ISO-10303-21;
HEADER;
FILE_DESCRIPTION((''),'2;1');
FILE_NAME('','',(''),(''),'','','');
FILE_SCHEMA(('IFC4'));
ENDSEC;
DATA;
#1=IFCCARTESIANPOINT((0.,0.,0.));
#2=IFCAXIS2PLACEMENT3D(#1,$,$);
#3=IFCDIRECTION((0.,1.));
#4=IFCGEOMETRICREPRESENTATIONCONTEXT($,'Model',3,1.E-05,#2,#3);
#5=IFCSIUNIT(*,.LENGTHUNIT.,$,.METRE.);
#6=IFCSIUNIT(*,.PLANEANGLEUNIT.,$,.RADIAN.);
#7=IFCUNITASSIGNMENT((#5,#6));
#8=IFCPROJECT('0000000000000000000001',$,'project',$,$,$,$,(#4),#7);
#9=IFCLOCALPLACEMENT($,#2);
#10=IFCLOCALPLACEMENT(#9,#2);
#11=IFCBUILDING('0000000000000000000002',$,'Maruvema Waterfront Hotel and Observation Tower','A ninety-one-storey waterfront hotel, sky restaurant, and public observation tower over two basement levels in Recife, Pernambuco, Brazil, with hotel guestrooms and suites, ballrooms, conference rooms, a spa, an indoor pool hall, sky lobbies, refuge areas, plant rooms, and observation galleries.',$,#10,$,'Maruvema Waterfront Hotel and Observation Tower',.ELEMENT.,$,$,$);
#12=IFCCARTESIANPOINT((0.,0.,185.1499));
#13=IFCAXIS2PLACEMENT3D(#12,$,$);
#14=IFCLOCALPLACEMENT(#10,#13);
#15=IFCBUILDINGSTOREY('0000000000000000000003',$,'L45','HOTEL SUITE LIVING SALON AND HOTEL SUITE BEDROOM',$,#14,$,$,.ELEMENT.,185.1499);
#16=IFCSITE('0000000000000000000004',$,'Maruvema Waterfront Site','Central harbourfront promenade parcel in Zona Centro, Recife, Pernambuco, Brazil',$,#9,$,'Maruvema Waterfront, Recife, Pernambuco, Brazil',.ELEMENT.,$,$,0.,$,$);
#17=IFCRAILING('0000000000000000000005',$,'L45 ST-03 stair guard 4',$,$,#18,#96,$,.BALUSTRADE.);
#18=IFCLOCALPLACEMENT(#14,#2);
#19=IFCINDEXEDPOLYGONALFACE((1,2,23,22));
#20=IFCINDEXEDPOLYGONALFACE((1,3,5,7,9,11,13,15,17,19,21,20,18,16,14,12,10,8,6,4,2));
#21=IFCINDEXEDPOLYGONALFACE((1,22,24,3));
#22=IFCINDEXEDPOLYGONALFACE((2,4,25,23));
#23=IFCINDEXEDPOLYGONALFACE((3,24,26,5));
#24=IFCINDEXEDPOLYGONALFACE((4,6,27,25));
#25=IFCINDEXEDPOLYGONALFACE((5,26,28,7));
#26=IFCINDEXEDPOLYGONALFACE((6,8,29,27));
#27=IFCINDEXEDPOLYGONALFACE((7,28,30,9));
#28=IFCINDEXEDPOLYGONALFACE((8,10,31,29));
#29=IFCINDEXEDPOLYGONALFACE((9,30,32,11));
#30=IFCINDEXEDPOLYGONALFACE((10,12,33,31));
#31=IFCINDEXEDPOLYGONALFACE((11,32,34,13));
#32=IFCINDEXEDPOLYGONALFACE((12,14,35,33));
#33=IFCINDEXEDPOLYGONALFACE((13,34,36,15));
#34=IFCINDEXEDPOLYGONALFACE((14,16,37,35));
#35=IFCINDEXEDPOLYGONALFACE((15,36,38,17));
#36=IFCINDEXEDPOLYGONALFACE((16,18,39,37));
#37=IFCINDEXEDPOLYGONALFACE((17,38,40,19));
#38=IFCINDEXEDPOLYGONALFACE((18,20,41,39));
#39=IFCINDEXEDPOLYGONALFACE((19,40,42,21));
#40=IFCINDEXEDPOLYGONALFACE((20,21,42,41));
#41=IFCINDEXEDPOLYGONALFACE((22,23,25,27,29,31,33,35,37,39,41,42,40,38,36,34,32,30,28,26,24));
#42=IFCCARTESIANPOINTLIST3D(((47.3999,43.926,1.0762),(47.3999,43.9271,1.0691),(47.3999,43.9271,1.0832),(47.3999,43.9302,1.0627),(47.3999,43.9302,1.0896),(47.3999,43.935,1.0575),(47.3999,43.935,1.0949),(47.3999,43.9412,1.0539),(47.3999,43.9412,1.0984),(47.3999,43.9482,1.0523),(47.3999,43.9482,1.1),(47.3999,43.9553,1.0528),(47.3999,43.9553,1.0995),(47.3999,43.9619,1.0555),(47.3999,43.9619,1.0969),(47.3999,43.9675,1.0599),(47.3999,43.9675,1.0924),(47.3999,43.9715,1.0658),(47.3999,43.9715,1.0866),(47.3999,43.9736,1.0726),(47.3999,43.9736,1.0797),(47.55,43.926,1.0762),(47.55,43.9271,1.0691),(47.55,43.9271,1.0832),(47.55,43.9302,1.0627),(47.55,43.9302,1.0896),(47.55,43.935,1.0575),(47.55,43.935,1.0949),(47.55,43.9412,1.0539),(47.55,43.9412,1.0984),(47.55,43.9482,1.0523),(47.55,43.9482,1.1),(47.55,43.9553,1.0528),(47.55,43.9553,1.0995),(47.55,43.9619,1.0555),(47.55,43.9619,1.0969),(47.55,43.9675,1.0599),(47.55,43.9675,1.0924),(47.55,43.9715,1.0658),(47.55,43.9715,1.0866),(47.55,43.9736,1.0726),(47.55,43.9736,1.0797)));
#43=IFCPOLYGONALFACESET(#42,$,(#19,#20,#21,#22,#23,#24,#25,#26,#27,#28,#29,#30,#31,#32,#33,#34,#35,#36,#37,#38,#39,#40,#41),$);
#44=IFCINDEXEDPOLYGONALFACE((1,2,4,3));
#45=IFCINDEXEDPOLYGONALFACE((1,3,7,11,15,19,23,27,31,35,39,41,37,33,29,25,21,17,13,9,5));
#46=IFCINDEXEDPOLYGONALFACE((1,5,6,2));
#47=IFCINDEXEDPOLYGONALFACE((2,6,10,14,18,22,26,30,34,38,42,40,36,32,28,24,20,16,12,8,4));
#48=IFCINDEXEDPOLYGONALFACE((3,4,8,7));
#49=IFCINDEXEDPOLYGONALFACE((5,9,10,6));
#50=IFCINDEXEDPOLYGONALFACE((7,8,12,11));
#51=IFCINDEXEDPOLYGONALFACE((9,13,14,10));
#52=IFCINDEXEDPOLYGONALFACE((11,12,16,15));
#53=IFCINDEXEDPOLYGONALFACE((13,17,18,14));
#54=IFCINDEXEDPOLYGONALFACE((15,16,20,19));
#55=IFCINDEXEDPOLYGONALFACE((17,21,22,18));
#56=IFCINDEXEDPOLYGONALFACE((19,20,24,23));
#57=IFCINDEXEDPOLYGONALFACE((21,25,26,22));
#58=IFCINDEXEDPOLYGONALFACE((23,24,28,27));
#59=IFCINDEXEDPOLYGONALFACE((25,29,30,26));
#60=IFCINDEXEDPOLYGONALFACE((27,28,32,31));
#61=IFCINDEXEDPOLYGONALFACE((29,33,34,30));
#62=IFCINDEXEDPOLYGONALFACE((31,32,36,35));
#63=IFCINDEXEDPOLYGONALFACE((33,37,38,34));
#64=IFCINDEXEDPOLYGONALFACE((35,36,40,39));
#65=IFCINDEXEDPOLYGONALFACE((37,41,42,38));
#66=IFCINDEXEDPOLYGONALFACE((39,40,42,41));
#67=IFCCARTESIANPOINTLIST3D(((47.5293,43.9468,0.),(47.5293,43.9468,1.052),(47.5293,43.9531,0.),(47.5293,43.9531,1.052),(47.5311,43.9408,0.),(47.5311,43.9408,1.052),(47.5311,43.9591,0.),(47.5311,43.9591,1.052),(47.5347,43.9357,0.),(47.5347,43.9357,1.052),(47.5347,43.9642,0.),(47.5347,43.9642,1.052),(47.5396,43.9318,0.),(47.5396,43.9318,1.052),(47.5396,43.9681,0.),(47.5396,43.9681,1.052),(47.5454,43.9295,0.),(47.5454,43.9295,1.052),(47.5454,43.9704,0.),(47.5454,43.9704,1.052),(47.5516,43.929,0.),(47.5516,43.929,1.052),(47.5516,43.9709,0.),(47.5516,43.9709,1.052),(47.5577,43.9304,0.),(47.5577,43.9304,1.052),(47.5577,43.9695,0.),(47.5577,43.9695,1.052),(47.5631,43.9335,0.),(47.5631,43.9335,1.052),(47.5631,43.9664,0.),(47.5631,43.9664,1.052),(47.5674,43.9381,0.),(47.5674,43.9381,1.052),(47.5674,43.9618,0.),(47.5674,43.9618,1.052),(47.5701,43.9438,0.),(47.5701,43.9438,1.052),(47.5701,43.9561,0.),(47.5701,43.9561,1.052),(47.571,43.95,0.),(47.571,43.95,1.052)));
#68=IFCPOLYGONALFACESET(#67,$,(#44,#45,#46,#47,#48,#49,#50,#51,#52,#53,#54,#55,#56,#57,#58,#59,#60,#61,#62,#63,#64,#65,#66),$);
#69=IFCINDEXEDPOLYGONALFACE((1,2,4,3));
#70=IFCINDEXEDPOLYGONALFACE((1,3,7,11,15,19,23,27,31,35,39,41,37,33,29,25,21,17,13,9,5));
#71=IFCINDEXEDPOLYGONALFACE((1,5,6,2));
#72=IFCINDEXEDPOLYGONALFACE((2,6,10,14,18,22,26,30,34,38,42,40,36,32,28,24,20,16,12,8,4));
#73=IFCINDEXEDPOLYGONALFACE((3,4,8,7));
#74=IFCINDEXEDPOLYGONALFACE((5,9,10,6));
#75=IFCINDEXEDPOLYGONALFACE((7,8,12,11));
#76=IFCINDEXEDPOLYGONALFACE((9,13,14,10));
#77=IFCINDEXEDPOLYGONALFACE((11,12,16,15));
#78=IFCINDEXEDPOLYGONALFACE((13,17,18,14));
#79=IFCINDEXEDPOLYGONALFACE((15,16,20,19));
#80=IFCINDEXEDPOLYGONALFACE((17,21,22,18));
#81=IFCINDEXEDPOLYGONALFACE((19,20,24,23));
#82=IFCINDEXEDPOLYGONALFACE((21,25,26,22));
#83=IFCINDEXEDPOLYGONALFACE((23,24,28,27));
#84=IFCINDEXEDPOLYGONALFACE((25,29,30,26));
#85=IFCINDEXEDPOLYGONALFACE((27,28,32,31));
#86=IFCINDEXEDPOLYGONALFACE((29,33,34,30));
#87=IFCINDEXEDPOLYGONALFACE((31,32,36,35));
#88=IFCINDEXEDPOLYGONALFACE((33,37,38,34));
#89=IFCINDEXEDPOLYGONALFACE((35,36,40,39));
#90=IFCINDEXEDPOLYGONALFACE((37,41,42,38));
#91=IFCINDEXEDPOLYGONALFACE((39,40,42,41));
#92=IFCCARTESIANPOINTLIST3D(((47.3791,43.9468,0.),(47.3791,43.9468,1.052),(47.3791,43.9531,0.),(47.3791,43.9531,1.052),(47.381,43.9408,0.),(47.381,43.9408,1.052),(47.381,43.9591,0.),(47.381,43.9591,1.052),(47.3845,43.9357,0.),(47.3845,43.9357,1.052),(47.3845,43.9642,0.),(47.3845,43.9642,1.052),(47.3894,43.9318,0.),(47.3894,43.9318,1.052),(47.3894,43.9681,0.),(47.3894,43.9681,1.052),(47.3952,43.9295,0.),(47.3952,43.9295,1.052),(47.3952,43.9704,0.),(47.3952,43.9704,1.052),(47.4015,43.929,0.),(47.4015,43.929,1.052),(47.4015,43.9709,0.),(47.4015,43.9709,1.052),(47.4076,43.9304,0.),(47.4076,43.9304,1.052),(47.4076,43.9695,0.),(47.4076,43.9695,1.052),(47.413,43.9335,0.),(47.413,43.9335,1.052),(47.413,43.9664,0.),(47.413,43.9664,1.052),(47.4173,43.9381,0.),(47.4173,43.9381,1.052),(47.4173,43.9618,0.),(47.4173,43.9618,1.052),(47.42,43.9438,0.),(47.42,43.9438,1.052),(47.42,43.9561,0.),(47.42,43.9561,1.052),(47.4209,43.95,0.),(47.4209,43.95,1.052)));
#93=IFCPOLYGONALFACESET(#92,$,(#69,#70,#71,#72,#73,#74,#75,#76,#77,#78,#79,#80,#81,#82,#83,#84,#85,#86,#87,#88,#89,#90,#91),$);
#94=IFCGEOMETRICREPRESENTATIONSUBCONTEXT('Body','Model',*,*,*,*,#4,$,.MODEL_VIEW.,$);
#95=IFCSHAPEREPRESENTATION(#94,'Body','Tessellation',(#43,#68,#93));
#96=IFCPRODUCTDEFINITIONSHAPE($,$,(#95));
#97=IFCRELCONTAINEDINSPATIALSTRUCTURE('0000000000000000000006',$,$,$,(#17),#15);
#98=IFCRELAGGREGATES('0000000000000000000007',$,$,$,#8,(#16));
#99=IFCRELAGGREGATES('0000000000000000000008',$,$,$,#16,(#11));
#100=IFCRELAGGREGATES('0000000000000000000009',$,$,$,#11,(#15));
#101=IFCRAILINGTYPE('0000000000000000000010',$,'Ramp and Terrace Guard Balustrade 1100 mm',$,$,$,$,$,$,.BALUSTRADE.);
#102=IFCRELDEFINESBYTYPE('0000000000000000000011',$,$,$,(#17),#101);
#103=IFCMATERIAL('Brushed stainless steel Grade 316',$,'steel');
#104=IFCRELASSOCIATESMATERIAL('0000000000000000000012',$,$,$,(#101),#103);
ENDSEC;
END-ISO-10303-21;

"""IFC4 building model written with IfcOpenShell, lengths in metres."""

from ifc_helpers import new_model, si_unit, direction, frame, origin, origin_2d, place, context, subcontext, project, spatial, circle, extrude, material, type_object, element, save


model = new_model("IFC4")

# Units and contexts
model_context = context("Model", 3, precision=1e-05, world=origin(), true_north=direction((0.0, 1.0)))
body_context = subcontext(model_context, "Body", "Model", "MODEL_VIEW")
ifc_project = project(units=[si_unit("LENGTHUNIT", "METRE"), si_unit("PLANEANGLEUNIT", "RADIAN")], contexts=[model_context])

# Site, building, storey
site_placement = place(None, origin())
site = spatial("IfcSite", under=ifc_project, at=site_placement, Name="Maruvema Waterfront Site", Description="Central harbourfront promenade parcel in Zona Centro, Recife, Pernambuco, Brazil", LongName="Maruvema Waterfront, Recife, Pernambuco, Brazil", CompositionType="ELEMENT", RefElevation=0.0)
building_placement = place(site_placement, origin())
building = spatial("IfcBuilding", under=site, at=building_placement, Name="Maruvema Waterfront Hotel and Observation Tower", Description="A ninety-one-storey waterfront hotel, sky restaurant, and public observation tower over two basement levels in Recife, Pernambuco, Brazil, with hotel guestrooms and suites, ballrooms, conference rooms, a spa, an indoor pool hall, sky lobbies, refuge areas, plant rooms, and observation galleries.", LongName="Maruvema Waterfront Hotel and Observation Tower", CompositionType="ELEMENT")
storey_placement = place(building_placement, frame((0.0, 0.0, 185.1499)))
storey = spatial("IfcBuildingStorey", under=building, at=storey_placement, Name="L45", Description="HOTEL SUITE LIVING SALON AND HOTEL SUITE BEDROOM", CompositionType="ELEMENT", Elevation=185.1499)

# Railing
ifc_material_1 = material(Name="Brushed stainless steel Grade 316", Category="steel")
railing_type = type_object("IfcRailingType", Name="Ramp and Terrace Guard Balustrade 1100 mm", PredefinedType="BALUSTRADE", material=ifc_material_1)
railing_1_placement = place(storey_placement, frame((47.55, 43.95, 0.0)))
element("IfcRailing", 1, at=railing_1_placement, inside=storey, type_object=railing_type, Name="L45 ST-03 stair guard 4", PredefinedType="BALUSTRADE", context=body_context, shape_type="SweptSolid", body=[
    extrude(circle(Radius=0.0239, at=origin_2d()), frame((0.0, 0.0, 1.0762), z_axis=(-1.0, 0.0, 0.0), x_axis=(0.0, -1.0, 0.0)), (0.0, 0.0, 1.0), 0.1501),
    extrude(circle(Radius=0.021, at=origin_2d()), origin(), (0.0, 0.0, 1.0), 1.052),
    extrude(circle(Radius=0.021, at=origin_2d()), frame((-0.1501, 0.0, 0.0)), (0.0, 0.0, 1.0), 1.052),
])

save(model, "model.ifc")
